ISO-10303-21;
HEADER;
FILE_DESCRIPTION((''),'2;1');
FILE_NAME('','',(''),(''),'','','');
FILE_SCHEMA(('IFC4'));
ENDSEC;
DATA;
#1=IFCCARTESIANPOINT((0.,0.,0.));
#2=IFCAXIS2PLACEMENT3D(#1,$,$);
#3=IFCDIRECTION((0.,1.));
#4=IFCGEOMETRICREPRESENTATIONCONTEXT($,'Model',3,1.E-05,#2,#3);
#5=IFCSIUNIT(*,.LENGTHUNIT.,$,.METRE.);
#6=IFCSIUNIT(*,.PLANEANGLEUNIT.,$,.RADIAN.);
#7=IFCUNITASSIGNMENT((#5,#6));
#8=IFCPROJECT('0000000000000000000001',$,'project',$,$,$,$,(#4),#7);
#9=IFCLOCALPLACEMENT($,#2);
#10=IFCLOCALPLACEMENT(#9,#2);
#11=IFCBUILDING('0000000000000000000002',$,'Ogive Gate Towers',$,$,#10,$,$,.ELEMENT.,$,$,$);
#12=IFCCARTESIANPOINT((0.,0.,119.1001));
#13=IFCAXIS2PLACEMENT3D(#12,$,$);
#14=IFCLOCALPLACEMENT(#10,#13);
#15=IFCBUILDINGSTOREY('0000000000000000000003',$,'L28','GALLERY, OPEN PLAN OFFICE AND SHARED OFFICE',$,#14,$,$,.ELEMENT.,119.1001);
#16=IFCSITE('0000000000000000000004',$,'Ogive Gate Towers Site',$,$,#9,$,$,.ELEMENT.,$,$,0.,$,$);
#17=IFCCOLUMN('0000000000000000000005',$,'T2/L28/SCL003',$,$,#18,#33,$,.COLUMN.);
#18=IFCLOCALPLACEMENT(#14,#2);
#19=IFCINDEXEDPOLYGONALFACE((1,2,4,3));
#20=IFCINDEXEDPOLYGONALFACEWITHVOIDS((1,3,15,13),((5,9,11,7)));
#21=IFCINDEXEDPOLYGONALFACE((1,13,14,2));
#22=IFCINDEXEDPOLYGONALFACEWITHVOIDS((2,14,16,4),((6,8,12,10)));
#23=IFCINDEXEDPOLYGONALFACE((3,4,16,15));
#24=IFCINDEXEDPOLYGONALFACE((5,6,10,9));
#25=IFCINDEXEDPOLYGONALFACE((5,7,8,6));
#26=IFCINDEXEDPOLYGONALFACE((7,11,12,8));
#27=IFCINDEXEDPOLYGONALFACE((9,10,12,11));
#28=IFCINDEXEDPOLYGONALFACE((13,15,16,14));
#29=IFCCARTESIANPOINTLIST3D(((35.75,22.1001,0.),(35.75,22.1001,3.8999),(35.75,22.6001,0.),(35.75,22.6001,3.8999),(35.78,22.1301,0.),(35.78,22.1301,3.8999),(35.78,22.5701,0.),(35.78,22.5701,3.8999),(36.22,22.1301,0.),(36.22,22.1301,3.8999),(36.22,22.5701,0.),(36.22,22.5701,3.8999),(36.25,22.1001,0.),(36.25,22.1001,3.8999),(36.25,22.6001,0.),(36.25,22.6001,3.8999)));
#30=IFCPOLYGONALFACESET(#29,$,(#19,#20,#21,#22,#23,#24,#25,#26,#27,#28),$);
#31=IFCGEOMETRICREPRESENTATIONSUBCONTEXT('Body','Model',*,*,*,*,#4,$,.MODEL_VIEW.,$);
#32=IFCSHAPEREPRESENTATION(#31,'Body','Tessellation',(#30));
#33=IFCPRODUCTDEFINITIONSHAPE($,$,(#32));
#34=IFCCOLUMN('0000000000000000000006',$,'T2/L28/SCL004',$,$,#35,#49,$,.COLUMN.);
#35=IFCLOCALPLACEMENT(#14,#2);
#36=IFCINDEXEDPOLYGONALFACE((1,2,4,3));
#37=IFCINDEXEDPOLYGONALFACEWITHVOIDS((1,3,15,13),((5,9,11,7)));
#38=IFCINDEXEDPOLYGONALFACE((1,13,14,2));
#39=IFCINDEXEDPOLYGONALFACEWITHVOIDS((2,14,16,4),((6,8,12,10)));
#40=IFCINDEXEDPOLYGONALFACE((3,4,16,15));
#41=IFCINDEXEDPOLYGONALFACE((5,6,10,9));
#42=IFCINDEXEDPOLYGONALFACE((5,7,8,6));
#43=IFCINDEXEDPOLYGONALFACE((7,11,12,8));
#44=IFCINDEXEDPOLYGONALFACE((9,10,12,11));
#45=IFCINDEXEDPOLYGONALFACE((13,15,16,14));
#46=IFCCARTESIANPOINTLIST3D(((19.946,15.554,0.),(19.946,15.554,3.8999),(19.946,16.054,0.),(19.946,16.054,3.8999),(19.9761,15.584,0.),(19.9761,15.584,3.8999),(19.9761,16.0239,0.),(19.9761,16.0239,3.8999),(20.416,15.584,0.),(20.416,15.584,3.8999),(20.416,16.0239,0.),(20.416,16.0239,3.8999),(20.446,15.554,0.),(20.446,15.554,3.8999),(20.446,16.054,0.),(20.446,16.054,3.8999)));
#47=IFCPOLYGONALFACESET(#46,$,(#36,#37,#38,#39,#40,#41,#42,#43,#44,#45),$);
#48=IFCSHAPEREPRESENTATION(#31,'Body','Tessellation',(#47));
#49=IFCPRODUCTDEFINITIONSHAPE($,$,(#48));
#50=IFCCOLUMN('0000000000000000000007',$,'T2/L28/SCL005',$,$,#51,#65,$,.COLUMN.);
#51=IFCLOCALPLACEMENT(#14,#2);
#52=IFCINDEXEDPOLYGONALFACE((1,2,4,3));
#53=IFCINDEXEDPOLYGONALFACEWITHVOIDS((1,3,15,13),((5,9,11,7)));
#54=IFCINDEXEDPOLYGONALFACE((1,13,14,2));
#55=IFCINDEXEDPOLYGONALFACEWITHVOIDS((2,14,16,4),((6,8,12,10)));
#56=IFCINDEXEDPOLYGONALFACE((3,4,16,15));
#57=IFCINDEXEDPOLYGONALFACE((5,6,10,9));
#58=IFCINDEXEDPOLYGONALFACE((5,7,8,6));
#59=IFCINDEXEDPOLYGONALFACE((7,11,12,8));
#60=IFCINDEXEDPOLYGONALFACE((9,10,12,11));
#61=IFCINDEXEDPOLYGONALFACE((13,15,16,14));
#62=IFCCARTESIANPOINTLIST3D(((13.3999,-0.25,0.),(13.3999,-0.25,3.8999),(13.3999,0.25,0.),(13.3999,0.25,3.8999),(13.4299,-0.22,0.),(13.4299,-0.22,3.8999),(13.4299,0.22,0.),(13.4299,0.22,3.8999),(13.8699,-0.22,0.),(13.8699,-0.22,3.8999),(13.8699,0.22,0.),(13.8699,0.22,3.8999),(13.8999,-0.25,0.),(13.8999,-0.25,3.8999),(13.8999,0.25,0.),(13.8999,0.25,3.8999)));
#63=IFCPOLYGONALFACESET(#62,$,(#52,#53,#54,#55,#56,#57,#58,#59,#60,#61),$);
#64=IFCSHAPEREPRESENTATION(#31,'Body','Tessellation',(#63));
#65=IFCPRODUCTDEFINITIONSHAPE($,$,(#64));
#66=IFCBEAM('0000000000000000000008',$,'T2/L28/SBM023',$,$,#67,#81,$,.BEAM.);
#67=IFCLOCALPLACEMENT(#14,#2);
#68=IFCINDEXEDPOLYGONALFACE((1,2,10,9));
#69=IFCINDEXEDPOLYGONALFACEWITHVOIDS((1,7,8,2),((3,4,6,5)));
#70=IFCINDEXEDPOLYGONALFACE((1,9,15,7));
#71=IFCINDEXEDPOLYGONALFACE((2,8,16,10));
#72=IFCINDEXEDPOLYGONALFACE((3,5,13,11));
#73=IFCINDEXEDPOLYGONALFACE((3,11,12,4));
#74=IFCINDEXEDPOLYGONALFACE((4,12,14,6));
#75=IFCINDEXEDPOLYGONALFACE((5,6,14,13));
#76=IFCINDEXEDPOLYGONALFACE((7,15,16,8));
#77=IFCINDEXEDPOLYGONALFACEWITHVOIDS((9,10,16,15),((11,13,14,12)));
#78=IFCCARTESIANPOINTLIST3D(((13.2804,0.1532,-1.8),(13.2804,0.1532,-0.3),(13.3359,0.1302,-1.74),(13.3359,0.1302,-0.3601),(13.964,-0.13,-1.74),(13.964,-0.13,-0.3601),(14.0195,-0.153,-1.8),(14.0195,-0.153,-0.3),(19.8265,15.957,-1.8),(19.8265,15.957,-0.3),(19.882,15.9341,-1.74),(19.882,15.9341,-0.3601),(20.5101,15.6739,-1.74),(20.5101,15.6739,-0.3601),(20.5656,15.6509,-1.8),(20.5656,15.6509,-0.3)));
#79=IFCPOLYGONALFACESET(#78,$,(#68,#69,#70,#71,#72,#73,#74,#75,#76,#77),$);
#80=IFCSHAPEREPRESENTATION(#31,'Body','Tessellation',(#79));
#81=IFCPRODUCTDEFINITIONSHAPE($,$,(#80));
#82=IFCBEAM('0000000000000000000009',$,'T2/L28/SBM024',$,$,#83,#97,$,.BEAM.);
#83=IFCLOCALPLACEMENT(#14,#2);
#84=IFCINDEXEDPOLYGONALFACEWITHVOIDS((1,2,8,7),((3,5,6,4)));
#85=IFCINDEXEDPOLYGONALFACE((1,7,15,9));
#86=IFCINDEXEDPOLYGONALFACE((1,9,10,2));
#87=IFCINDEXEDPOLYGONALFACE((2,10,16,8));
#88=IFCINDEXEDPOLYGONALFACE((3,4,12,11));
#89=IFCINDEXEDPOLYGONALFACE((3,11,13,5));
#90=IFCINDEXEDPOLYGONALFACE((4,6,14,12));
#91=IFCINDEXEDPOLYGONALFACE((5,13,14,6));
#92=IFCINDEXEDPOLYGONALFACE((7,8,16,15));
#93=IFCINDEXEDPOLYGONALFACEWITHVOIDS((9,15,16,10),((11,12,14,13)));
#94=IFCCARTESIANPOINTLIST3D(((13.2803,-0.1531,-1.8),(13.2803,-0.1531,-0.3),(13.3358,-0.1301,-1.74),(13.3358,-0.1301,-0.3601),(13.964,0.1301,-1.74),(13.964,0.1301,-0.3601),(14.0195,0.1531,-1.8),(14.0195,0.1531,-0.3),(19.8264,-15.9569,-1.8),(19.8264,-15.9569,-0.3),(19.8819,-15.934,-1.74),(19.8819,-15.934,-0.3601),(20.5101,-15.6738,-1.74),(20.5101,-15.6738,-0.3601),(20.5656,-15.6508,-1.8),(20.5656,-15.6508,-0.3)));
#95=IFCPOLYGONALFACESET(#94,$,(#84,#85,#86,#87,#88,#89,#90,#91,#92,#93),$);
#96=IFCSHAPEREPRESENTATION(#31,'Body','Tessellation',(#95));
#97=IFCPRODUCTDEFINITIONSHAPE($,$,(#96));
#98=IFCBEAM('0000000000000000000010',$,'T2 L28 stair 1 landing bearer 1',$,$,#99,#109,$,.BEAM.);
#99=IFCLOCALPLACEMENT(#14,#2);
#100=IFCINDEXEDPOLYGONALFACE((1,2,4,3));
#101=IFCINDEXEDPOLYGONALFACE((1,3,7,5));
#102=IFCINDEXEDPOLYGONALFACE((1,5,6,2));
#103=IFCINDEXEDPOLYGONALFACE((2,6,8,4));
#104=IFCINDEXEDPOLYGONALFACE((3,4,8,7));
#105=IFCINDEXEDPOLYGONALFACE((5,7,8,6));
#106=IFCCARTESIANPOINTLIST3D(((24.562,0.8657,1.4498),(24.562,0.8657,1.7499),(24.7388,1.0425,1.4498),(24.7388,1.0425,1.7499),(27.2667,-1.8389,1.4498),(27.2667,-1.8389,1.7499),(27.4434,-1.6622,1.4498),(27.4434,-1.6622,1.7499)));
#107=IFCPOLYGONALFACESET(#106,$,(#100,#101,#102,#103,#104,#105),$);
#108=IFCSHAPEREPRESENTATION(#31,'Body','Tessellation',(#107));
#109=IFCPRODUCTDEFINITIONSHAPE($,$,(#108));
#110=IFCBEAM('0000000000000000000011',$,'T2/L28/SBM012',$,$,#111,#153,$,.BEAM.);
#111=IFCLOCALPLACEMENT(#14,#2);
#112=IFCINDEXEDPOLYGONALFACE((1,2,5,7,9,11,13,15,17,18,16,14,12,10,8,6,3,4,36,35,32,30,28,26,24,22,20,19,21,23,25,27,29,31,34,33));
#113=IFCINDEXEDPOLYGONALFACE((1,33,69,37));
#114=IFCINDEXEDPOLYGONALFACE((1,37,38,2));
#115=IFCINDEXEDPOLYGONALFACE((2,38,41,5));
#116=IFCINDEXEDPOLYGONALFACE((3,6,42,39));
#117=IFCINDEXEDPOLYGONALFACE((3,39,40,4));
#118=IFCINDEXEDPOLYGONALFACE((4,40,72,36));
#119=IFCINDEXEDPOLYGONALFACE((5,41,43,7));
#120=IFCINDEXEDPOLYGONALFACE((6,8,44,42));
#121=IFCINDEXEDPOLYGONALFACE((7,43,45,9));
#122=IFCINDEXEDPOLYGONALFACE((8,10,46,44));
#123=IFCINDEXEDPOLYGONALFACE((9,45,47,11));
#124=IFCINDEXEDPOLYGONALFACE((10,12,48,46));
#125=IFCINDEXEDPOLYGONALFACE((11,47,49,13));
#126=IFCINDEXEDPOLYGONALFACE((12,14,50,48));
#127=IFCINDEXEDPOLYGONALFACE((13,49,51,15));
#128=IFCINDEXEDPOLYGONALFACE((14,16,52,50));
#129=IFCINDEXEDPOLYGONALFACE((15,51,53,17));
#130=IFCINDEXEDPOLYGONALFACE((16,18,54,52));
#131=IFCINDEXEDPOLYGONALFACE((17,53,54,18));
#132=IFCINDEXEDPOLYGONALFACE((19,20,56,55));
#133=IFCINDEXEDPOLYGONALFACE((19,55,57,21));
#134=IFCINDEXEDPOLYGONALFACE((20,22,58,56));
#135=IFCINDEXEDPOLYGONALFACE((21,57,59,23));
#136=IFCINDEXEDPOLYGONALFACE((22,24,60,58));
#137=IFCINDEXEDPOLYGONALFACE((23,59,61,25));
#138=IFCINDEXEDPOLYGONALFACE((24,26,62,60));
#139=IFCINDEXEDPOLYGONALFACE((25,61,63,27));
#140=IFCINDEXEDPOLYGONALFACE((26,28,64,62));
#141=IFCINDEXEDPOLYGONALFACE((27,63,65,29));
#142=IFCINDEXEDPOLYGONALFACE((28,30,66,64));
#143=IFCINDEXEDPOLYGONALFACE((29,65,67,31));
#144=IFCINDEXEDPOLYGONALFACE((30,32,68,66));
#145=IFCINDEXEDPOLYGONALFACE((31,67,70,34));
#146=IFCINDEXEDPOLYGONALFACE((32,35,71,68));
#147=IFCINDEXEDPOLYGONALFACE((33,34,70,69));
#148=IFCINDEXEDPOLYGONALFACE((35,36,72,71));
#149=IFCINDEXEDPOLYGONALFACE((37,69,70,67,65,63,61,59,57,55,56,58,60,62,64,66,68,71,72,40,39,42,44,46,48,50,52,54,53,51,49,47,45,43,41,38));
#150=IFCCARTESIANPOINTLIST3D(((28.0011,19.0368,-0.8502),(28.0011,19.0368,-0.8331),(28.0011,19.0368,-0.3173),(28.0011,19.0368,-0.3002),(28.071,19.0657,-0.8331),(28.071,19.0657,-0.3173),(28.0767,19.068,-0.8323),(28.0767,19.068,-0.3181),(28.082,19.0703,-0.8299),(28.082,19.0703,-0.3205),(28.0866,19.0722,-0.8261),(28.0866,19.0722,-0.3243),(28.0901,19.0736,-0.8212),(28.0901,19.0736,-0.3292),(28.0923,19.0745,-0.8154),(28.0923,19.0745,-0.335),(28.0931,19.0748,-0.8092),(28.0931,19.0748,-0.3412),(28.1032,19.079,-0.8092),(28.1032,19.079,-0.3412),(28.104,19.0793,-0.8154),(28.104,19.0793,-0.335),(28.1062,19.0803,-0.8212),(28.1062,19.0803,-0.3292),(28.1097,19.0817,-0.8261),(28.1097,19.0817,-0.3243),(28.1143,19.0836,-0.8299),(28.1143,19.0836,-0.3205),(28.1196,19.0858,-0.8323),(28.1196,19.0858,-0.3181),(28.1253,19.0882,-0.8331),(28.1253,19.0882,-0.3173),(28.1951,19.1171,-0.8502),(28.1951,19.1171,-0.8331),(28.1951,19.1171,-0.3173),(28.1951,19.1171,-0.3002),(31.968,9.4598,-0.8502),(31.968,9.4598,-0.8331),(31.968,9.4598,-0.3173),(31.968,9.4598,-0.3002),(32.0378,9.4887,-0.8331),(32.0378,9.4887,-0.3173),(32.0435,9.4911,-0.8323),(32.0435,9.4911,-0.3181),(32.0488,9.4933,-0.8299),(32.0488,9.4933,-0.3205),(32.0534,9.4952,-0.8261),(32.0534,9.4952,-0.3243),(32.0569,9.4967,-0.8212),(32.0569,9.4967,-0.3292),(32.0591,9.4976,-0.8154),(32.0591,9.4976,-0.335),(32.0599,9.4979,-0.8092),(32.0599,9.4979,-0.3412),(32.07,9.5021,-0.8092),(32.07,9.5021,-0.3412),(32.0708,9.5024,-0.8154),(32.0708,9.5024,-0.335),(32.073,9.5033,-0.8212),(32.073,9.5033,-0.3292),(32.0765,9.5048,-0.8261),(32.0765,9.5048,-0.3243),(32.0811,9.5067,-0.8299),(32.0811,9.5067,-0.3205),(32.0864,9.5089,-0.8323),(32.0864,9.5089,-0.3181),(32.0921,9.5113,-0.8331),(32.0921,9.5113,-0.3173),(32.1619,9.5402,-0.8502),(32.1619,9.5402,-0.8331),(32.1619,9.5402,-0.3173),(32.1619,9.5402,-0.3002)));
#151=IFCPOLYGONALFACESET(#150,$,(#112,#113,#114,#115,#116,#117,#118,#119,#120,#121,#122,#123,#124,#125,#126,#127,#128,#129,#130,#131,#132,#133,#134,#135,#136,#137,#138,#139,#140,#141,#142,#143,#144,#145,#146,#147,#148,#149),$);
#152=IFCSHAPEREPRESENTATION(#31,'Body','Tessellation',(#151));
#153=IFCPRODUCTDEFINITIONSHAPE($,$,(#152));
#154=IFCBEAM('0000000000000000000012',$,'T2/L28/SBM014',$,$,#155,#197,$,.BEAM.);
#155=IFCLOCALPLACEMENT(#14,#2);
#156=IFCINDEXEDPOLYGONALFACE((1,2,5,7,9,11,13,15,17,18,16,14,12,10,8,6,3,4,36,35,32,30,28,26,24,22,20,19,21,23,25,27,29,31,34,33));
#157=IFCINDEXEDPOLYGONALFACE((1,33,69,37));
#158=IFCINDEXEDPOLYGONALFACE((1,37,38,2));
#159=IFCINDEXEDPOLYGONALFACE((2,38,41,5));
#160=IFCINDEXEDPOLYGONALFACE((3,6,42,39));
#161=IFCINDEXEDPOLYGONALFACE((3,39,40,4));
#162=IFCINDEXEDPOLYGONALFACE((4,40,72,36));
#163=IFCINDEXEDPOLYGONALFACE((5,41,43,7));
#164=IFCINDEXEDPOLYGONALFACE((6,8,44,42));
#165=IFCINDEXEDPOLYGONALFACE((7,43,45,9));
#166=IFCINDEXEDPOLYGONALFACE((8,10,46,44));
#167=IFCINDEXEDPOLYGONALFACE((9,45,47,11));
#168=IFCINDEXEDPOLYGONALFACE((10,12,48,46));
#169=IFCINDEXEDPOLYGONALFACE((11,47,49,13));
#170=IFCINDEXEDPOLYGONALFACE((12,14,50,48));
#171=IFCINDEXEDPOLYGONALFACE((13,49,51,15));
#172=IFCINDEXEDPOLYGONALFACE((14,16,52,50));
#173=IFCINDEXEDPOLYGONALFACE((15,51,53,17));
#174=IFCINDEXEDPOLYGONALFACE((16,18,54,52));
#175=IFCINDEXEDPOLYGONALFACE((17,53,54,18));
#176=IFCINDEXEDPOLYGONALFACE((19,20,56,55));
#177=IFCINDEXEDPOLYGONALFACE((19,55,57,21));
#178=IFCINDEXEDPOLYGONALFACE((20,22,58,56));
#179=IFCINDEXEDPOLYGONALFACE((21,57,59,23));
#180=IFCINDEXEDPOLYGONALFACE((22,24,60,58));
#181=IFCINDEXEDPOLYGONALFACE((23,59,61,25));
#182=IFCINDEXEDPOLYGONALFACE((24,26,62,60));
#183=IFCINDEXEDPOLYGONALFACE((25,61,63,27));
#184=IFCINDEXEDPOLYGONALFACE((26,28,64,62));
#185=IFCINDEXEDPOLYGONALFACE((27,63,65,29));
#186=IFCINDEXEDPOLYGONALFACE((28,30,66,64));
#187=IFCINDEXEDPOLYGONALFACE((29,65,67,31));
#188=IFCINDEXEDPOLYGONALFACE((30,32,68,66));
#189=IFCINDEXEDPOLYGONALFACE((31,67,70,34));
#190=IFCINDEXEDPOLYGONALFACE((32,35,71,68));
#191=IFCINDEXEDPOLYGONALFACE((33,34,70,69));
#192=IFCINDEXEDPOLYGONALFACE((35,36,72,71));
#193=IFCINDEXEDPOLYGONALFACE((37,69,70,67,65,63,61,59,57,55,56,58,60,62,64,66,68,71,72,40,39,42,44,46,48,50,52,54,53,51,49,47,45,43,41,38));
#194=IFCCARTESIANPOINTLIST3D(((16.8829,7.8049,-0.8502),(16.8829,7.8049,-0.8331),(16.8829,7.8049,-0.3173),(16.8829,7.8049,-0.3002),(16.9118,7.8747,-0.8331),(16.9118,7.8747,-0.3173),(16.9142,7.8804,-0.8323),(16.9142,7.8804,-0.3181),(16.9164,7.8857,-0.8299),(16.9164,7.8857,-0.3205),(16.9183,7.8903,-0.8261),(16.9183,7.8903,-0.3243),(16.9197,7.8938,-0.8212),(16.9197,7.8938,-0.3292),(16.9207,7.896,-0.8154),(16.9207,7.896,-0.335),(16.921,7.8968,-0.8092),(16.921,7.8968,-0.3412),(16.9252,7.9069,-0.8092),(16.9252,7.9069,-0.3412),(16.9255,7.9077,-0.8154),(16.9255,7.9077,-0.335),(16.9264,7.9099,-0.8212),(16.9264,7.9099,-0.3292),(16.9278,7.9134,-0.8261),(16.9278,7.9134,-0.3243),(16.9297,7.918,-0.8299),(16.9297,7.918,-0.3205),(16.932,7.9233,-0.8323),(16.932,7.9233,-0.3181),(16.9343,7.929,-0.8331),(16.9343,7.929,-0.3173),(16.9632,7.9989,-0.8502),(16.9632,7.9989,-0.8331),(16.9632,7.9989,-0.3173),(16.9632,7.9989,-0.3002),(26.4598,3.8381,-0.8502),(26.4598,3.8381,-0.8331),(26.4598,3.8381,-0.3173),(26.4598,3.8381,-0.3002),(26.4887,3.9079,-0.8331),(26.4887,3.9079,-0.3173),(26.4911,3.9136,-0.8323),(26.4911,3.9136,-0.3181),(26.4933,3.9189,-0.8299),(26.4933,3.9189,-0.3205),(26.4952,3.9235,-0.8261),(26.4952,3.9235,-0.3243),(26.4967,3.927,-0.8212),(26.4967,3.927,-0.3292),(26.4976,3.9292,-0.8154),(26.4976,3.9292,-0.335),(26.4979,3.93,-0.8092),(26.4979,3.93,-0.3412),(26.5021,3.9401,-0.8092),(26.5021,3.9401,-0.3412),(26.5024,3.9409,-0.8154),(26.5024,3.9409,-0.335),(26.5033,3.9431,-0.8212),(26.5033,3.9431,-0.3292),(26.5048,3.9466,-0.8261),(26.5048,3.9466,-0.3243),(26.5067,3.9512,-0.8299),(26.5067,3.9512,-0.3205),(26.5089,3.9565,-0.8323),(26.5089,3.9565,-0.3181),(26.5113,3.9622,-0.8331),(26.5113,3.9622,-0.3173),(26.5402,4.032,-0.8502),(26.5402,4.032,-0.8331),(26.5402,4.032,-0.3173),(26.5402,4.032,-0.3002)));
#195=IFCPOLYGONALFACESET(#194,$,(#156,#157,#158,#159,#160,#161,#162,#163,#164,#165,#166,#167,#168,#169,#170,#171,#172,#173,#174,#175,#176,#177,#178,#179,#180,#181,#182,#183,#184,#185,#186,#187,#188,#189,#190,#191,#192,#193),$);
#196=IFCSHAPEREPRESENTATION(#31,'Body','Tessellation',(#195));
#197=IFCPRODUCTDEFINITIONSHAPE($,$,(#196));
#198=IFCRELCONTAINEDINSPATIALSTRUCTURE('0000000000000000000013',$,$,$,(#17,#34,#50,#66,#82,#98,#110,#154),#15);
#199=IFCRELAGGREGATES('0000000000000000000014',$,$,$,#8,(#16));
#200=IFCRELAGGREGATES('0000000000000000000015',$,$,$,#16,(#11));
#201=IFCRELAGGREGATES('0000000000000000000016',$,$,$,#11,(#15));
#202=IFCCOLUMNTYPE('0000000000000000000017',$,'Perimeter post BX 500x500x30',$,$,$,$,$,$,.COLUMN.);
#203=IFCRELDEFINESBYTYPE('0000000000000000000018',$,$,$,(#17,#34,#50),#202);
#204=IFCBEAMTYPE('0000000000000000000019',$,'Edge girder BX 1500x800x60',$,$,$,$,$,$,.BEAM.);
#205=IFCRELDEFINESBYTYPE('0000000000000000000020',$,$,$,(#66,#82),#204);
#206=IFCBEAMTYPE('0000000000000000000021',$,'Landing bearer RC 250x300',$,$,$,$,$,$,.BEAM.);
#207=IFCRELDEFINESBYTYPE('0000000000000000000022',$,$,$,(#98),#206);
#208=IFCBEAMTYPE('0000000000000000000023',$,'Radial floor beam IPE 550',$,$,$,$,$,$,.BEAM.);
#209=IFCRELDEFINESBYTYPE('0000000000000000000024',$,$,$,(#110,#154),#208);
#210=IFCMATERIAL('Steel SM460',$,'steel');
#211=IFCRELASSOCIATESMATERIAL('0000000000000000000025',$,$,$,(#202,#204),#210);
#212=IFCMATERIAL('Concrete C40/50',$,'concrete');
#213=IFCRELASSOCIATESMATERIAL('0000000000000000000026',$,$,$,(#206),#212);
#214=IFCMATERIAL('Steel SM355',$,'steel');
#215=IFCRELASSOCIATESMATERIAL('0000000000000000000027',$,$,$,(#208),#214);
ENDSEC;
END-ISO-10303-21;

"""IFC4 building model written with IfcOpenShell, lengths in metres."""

from ifc_helpers import new_model, si_unit, direction, frame, origin, origin_2d, place, context, subcontext, project, spatial, rectangle, hollow_rectangle, i_section, extrude, material, material_profile, profile_set, type_object, element, save


model = new_model("IFC4")

# Units and contexts
model_context = context("Model", 3, precision=1e-05, world=origin(), true_north=direction((0.0, 1.0)))
body_context = subcontext(model_context, "Body", "Model", "MODEL_VIEW")
ifc_project = project(units=[si_unit("LENGTHUNIT", "METRE"), si_unit("PLANEANGLEUNIT", "RADIAN")], contexts=[model_context])

# Site, building, storey
site_placement = place(None, origin())
site = spatial("IfcSite", under=ifc_project, at=site_placement, Name="Ogive Gate Towers Site", CompositionType="ELEMENT", RefElevation=0.0)
building_placement = place(site_placement, origin())
building = spatial("IfcBuilding", under=site, at=building_placement, Name="Ogive Gate Towers", CompositionType="ELEMENT")
storey_placement = place(building_placement, frame((0.0, 0.0, 119.1001)))
storey = spatial("IfcBuildingStorey", under=building, at=storey_placement, Name="L28", Description="GALLERY, OPEN PLAN OFFICE AND SHARED OFFICE", CompositionType="ELEMENT", Elevation=119.1001)

# Columns
ifc_material_1 = material(Name="Steel SM460", Category="steel")
ifc_material_profile_1 = material_profile(ifc_material_1, hollow_rectangle(XDim=0.5, YDim=0.5, WallThickness=0.03, at=origin_2d()), Name="BX 500x500x30")
ifc_profile_set_1 = profile_set([ifc_material_profile_1], Name="Steel SM460")
column_type = type_object("IfcColumnType", Name="Perimeter post BX 500x500x30", PredefinedType="COLUMN", material=ifc_profile_set_1)
for number, where, z_axis, x_axis, name in (
    (1, (36.0, 22.3501, 0.0), (0.0, 0.0, 1.0), (1.0, 0.0, 0.0), "T2/L28/SCL003"),
    (2, (20.196, 15.804, 0.0), (0.0, 0.0, 1.0), (1.0, 0.0, 0.0), "T2/L28/SCL004"),
    (3, (13.6499, 0.0, 0.0), (0.0, 0.0, 1.0), (1.0, 0.0, 0.0), "T2/L28/SCL005"),
):
    element("IfcColumn", number, at=place(storey_placement, frame(where, z_axis=z_axis, x_axis=x_axis)), inside=storey, type_object=column_type, Name=name, PredefinedType="COLUMN", context=body_context, shape_type="SweptSolid", body=[
        extrude(hollow_rectangle(XDim=0.5, YDim=0.5, WallThickness=0.03, at=origin_2d()), origin(), (0.0, 0.0, 1.0), 3.8999),
    ])

# Beams
ifc_material_profile_2 = material_profile(ifc_material_1, hollow_rectangle(XDim=0.8, YDim=1.5, WallThickness=0.0601, at=origin_2d()), Name="BX 1500x800x60")
ifc_profile_set_2 = profile_set([ifc_material_profile_2], Name="Steel SM460")
beam_type_1 = type_object("IfcBeamType", Name="Edge girder BX 1500x800x60", PredefinedType="BEAM", material=ifc_profile_set_2)
for number, where, z_axis, x_axis, name in (
    (4, (20.196, 15.804, -1.05), (-0.38268, -0.923881, 0.0), (0.923881, -0.38268, 0.0), "T2/L28/SBM023"),
    (5, (13.6499, 0.0, -1.05), (0.38268, -0.923881, 0.0), (0.923881, 0.38268, 0.0), "T2/L28/SBM024"),
):
    element("IfcBeam", number, at=place(storey_placement, frame(where, z_axis=z_axis, x_axis=x_axis)), inside=storey, type_object=beam_type_1, Name=name, PredefinedType="BEAM", context=body_context, shape_type="SweptSolid", body=[
        extrude(hollow_rectangle(XDim=0.8, YDim=1.5, WallThickness=0.0601, at=origin_2d()), origin(), (0.0, 0.0, 1.0), 17.106),
    ])
ifc_material_2 = material(Name="Concrete C40/50", Category="concrete")
ifc_material_profile_3 = material_profile(ifc_material_2, rectangle(XDim=0.25, YDim=0.3, at=origin_2d()), Name="RC 250x300")
ifc_profile_set_3 = profile_set([ifc_material_profile_3], Name="Concrete C40/50")
beam_type_2 = type_object("IfcBeamType", Name="Landing bearer RC 250x300", PredefinedType="BEAM", material=ifc_profile_set_3)
beam_1_placement = place(storey_placement, frame((24.6504, 0.9541, 1.5999), z_axis=(0.707107, -0.707107, 0.0), x_axis=(0.707107, 0.707107, 0.0)))
element("IfcBeam", 6, at=beam_1_placement, inside=storey, type_object=beam_type_2, Name="T2 L28 stair 1 landing bearer 1", PredefinedType="BEAM", context=body_context, shape_type="SweptSolid", body=[
    extrude(rectangle(XDim=0.25, YDim=0.3, at=origin_2d()), origin(), (0.0, 0.0, 1.0), 3.825),
])
ifc_material_3 = material(Name="Steel SM355", Category="steel")
ifc_material_profile_4 = material_profile(ifc_material_3, i_section(OverallWidth=0.21, OverallDepth=0.55, WebThickness=0.011, FlangeThickness=0.0171, FilletRadius=0.0239, at=origin_2d()), Name="IPE 550")
ifc_profile_set_4 = profile_set([ifc_material_profile_4], Name="Steel SM355")
beam_type_3 = type_object("IfcBeamType", Name="Radial floor beam IPE 550", PredefinedType="BEAM", material=ifc_profile_set_4)
for number, where, z_axis, x_axis, name in (
    (7, (32.0649, 9.5, -0.5752), (-0.382676, 0.923882, 0.0), (-0.923882, -0.382676, 0.0), "T2/L28/SBM012"),
    (8, (26.5, 3.9351, -0.5752), (-0.923882, 0.382676, 0.0), (-0.382676, -0.923882, 0.0), "T2/L28/SBM014"),
):
    element("IfcBeam", number, at=place(storey_placement, frame(where, z_axis=z_axis, x_axis=x_axis)), inside=storey, type_object=beam_type_3, Name=name, PredefinedType="BEAM", context=body_context, shape_type="SweptSolid", body=[
        extrude(i_section(OverallWidth=0.21, OverallDepth=0.55, WebThickness=0.011, FlangeThickness=0.0171, FilletRadius=0.0239, at=origin_2d()), origin(), (0.0, 0.0, 1.0), 10.366),
    ])

save(model, "model.ifc")
